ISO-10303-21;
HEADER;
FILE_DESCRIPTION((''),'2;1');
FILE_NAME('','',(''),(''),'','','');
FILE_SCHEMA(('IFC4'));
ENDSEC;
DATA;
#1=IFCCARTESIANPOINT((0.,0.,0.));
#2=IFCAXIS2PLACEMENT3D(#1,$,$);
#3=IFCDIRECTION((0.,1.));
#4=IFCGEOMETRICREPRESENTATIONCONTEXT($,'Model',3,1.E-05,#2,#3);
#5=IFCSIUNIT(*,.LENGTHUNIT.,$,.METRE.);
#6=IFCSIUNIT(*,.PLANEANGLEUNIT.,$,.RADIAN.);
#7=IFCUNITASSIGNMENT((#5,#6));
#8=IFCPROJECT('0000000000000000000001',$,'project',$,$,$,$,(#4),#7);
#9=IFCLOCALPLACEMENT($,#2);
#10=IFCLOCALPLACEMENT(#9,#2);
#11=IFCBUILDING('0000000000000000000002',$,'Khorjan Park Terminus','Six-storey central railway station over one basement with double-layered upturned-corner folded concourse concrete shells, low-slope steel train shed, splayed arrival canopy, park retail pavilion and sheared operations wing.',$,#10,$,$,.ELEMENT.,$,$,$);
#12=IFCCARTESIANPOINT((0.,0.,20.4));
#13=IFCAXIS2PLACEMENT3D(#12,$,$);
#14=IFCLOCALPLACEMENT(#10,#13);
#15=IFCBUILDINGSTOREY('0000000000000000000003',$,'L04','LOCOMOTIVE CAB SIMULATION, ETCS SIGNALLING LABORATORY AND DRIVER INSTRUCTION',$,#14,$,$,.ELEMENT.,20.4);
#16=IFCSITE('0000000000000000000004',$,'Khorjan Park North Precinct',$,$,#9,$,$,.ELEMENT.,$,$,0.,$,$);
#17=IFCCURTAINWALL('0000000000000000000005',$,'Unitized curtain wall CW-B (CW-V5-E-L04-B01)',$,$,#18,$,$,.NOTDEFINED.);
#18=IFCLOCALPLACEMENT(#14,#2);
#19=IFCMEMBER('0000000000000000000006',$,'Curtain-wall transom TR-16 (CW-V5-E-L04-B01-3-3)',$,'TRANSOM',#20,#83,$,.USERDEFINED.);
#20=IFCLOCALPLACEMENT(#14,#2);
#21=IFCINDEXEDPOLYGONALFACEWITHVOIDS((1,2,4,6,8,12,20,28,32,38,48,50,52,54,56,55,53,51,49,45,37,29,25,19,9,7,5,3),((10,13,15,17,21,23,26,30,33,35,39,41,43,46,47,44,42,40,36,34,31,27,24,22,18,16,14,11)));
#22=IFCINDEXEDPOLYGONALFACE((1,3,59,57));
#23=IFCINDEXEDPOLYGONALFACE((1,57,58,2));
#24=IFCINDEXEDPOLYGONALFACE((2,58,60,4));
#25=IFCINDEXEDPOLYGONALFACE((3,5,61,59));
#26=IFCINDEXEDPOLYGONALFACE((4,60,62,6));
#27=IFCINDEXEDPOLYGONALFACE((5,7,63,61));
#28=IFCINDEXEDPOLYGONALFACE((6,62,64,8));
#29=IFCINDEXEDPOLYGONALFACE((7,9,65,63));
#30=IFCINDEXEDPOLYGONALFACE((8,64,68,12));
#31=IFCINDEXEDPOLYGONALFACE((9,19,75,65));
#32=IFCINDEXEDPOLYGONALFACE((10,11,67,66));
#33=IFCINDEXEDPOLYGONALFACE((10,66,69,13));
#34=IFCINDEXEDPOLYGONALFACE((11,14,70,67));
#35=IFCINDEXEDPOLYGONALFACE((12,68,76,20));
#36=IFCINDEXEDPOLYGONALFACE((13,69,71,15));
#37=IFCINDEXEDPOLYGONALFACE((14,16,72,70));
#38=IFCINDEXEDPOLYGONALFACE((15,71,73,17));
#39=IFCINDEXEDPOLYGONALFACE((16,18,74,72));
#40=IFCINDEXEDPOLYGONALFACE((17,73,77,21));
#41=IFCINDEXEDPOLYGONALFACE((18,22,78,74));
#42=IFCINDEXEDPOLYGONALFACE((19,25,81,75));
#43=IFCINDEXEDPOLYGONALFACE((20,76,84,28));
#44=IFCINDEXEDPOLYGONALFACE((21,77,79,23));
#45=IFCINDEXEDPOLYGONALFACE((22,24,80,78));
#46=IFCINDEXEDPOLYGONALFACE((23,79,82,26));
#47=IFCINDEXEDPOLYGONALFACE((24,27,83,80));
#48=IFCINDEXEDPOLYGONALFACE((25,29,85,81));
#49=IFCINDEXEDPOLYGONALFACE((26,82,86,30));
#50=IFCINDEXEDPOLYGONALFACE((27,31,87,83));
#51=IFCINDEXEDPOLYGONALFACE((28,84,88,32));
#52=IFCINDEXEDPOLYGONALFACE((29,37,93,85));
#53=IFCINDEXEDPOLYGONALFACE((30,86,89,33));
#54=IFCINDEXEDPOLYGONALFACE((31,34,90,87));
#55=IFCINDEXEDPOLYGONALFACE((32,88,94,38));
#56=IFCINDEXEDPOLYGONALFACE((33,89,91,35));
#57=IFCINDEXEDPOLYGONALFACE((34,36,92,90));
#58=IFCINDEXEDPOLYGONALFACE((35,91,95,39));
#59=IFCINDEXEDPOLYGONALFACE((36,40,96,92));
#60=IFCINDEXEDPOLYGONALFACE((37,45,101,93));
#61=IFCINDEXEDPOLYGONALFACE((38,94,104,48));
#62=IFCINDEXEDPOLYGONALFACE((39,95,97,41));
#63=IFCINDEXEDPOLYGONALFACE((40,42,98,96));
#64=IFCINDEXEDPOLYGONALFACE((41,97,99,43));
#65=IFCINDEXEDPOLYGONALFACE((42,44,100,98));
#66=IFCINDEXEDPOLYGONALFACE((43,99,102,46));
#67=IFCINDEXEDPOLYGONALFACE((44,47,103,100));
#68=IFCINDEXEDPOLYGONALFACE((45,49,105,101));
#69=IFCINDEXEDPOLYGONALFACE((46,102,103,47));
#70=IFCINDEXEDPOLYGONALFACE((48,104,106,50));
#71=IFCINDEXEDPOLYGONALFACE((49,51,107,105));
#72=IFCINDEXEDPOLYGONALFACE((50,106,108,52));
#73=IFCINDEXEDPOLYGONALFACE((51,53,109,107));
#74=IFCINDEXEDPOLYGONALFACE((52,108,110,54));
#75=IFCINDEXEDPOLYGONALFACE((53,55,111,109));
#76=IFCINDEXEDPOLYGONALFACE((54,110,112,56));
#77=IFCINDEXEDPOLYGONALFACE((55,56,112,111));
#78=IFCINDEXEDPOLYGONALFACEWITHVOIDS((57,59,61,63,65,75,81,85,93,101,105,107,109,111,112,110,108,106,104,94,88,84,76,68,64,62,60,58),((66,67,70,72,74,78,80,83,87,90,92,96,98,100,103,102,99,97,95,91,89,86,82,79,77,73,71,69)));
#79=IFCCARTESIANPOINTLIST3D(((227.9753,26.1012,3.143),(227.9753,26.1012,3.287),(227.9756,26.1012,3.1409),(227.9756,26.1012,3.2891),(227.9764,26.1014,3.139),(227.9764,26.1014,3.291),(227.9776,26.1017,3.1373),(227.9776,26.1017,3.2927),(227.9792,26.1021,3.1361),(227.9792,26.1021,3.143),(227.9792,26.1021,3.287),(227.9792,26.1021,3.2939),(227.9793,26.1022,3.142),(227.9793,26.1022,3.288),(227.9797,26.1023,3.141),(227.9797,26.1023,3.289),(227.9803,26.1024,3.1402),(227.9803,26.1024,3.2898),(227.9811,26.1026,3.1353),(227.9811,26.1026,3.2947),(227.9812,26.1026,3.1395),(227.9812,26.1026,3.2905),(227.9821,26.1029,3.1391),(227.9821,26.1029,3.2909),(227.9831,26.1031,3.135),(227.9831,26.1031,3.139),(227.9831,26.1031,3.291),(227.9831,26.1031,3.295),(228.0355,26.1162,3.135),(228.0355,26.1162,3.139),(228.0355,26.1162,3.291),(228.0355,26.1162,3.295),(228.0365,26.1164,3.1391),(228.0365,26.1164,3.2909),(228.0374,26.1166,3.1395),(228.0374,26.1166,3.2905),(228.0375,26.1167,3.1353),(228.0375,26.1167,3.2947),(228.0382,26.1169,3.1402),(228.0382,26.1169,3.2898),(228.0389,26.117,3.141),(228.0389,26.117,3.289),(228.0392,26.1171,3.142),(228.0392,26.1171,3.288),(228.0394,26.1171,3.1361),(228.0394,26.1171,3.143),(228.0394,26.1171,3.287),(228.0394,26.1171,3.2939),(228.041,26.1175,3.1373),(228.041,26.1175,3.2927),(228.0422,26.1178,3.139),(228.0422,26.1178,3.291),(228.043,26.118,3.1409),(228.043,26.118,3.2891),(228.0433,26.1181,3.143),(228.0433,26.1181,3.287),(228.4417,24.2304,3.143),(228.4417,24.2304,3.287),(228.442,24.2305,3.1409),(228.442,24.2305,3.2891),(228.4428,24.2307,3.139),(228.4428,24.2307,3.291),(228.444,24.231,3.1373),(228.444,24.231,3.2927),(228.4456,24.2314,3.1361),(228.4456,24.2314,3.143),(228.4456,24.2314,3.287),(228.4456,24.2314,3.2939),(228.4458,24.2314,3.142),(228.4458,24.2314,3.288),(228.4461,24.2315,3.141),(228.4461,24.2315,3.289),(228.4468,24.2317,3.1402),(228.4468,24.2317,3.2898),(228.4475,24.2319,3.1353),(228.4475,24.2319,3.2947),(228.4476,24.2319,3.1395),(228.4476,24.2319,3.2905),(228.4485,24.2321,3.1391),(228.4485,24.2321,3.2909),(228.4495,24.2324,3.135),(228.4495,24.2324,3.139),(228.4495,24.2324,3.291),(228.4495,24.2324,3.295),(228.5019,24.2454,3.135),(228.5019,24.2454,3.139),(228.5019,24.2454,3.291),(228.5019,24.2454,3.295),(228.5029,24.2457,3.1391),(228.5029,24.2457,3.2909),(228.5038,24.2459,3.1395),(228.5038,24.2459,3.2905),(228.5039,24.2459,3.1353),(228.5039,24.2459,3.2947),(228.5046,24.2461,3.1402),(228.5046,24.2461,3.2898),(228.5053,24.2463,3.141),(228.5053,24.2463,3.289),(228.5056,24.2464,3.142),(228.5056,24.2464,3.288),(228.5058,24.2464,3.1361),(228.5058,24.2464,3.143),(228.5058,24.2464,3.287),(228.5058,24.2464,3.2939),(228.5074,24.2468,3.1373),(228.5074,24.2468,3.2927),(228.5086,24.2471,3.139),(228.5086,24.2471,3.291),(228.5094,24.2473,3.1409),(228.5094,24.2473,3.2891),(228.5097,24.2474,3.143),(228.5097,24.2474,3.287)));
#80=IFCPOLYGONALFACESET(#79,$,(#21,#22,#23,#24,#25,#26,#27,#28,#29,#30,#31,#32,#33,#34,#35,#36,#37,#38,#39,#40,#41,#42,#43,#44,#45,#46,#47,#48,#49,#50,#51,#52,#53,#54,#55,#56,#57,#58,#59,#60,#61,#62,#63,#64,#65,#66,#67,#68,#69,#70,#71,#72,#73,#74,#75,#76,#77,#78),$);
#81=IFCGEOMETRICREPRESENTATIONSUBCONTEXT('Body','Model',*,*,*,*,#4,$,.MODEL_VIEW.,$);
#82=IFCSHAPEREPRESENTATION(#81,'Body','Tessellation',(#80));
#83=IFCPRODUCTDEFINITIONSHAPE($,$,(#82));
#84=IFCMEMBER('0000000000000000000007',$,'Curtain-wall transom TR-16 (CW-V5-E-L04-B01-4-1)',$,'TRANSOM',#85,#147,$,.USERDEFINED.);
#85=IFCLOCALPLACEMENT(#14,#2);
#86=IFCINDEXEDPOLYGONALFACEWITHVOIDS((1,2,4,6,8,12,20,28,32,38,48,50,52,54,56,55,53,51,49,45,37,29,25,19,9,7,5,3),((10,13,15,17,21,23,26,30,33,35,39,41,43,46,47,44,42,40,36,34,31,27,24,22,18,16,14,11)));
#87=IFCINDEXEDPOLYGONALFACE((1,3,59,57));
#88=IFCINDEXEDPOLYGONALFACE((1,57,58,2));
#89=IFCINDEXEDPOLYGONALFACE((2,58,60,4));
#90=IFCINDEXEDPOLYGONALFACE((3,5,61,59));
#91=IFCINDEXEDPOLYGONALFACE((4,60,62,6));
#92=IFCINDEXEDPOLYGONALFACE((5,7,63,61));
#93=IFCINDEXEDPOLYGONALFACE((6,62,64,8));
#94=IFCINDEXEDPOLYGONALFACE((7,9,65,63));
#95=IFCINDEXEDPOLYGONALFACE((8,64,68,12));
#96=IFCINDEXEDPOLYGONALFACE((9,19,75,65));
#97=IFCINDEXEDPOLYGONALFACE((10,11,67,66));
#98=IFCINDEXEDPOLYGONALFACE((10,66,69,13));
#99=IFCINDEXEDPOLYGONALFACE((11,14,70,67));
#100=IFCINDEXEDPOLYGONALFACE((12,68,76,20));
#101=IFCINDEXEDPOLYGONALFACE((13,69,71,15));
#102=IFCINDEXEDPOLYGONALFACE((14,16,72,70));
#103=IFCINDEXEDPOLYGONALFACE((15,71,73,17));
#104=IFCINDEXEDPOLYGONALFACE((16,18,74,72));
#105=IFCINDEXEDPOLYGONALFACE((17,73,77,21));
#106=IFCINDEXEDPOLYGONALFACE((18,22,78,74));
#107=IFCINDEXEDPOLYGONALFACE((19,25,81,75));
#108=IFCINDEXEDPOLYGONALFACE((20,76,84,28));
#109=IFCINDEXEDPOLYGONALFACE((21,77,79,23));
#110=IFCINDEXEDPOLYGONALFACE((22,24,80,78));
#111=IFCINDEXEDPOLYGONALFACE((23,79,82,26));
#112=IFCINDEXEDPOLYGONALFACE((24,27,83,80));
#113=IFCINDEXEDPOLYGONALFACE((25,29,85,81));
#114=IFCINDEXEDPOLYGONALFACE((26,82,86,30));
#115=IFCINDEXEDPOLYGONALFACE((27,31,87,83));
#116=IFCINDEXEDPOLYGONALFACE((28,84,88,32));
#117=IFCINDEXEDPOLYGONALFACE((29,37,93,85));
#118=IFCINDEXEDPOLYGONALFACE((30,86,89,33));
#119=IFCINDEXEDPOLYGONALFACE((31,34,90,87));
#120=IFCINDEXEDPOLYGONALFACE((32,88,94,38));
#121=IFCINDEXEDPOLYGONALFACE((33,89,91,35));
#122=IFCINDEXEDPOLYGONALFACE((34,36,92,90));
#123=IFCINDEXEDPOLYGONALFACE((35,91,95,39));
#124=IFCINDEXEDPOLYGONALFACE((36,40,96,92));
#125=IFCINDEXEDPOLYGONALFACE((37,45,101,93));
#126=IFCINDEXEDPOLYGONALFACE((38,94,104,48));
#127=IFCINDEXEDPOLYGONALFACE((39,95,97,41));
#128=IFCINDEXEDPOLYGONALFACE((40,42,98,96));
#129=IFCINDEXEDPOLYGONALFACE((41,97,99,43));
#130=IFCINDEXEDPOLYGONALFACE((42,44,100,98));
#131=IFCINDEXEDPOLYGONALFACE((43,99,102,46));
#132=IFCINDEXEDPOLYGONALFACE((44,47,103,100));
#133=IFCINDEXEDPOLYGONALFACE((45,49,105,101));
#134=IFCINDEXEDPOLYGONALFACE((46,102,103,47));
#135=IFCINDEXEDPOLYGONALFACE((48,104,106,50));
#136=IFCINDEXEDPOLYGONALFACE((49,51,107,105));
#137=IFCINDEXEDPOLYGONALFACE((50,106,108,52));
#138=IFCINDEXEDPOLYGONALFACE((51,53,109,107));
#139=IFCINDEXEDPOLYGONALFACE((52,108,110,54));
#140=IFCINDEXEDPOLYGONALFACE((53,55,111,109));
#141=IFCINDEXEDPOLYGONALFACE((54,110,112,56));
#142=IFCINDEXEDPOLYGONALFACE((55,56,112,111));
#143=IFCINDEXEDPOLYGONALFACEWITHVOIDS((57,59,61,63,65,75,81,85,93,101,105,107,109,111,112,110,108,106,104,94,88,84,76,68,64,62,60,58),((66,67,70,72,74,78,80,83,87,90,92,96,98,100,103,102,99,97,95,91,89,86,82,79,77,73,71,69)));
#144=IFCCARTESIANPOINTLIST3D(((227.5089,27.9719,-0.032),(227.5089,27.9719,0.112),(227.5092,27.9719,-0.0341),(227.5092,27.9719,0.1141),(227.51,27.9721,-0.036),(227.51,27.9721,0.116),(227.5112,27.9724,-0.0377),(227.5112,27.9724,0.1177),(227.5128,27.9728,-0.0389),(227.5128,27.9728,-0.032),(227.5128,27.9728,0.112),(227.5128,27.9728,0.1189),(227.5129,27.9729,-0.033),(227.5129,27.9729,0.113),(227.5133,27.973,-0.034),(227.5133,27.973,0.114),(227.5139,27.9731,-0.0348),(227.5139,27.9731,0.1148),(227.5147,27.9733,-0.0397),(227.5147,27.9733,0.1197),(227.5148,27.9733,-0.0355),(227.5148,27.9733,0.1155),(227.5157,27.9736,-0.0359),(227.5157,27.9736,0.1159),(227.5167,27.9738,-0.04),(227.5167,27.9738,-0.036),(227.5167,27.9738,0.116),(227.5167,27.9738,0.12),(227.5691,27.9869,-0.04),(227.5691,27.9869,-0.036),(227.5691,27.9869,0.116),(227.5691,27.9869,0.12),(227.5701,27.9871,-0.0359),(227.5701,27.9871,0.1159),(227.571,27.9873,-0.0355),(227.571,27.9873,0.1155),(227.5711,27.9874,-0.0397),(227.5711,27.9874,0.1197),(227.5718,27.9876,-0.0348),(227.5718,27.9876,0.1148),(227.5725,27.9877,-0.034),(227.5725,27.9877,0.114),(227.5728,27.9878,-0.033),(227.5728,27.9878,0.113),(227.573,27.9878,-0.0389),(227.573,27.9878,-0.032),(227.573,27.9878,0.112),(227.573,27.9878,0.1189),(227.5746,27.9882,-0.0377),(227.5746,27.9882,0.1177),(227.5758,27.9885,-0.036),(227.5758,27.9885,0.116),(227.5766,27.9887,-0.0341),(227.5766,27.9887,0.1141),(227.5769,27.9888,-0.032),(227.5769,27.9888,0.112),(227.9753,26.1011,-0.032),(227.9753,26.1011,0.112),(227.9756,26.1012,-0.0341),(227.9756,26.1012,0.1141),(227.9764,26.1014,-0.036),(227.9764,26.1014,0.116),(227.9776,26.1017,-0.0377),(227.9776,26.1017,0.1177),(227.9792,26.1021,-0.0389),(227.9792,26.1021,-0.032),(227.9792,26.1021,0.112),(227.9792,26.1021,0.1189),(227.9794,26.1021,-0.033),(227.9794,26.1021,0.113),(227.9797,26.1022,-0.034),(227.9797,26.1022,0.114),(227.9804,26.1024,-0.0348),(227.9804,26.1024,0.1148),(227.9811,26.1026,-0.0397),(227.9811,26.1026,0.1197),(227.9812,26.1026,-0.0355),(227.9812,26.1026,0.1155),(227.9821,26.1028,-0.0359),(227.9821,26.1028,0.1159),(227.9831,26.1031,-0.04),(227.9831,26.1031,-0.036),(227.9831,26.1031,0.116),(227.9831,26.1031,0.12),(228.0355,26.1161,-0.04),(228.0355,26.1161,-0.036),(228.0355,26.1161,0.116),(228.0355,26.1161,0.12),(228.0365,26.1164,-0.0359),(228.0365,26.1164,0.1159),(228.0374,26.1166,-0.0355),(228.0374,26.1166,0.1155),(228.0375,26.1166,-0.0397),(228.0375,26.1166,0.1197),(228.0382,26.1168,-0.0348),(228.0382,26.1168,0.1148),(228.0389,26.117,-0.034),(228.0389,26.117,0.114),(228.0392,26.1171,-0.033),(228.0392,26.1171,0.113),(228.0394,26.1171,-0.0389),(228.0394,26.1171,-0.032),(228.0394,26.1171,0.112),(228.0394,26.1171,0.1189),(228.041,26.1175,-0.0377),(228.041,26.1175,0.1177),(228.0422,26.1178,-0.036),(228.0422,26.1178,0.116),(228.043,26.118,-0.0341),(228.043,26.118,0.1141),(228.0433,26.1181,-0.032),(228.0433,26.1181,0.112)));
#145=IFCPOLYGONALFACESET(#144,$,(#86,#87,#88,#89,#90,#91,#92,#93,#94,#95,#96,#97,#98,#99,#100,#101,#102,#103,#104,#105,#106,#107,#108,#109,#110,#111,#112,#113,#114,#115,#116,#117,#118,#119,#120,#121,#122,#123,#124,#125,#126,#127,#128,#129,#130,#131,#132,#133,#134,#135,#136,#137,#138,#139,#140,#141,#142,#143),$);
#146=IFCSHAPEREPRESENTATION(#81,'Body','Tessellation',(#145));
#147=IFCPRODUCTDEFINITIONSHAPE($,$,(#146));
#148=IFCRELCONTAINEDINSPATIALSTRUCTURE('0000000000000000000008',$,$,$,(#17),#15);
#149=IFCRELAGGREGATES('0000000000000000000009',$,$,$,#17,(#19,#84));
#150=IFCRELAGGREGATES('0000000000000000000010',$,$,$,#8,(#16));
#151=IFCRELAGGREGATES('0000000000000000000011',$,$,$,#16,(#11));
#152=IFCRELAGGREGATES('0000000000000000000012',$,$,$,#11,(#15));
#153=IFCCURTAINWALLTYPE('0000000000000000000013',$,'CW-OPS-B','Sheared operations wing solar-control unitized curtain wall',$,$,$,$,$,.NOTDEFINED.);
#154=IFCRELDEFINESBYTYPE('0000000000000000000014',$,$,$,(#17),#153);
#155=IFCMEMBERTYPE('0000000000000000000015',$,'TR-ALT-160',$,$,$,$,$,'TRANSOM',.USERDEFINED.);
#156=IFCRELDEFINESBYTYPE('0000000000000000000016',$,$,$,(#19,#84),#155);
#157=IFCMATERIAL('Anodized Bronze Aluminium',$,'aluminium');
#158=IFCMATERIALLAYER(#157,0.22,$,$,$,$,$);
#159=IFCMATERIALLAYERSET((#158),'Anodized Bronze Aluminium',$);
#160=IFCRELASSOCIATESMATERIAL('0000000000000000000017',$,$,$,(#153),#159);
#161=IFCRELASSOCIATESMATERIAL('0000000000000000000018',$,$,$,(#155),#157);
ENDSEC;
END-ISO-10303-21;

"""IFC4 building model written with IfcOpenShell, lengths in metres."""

from ifc_helpers import new_model, si_unit, direction, frame, origin, origin_2d, place, context, subcontext, project, spatial, hollow_rectangle, extrude, material, layer, layer_set, material_profile, profile_set, type_object, element, aggregate, save


model = new_model("IFC4")

# Units and contexts
model_context = context("Model", 3, precision=1e-05, world=origin(), true_north=direction((0.0, 1.0)))
body_context = subcontext(model_context, "Body", "Model", "MODEL_VIEW")
ifc_project = project(units=[si_unit("LENGTHUNIT", "METRE"), si_unit("PLANEANGLEUNIT", "RADIAN")], contexts=[model_context])

# Site, building, storey
site_placement = place(None, origin())
site = spatial("IfcSite", under=ifc_project, at=site_placement, Name="Khorjan Park North Precinct", CompositionType="ELEMENT", RefElevation=0.0)
building_placement = place(site_placement, origin())
building = spatial("IfcBuilding", under=site, at=building_placement, Name="Khorjan Park Terminus", Description="Six-storey central railway station over one basement with double-layered upturned-corner folded concourse concrete shells, low-slope steel train shed, splayed arrival canopy, park retail pavilion and sheared operations wing.", CompositionType="ELEMENT")
storey_placement = place(building_placement, frame((0.0, 0.0, 20.4)))
storey = spatial("IfcBuildingStorey", under=building, at=storey_placement, Name="L04", Description="LOCOMOTIVE CAB SIMULATION, ETCS SIGNALLING LABORATORY AND DRIVER INSTRUCTION", CompositionType="ELEMENT", Elevation=20.4)

# Curtain wall, members
ifc_material_1 = material(Name="Anodized Bronze Aluminium", Category="aluminium")
ifc_layer_1 = layer(ifc_material_1, 0.22)
ifc_layer_set_1 = layer_set([ifc_layer_1], Name="Anodized Bronze Aluminium")
curtain_wall_type = type_object("IfcCurtainWallType", Name="CW-OPS-B", Description="Sheared operations wing solar-control unitized curtain wall", PredefinedType="NOTDEFINED", material=ifc_layer_set_1)
curtain_wall_placement = place(storey_placement, origin())
curtain_wall = element("IfcCurtainWall", 1, at=curtain_wall_placement, inside=storey, type_object=curtain_wall_type, Name="Unitized curtain wall CW-B (CW-V5-E-L04-B01)", PredefinedType="NOTDEFINED")
ifc_material_profile_1 = material_profile(ifc_material_1, hollow_rectangle(XDim=0.07, YDim=0.16, WallThickness=0.004, InnerFilletRadius=0.004, OuterFilletRadius=0.008, at=origin_2d()), Name="ALT 70x160x4")
ifc_profile_set_1 = profile_set([ifc_material_profile_1], Name="Anodized Bronze Aluminium")
member_type_1 = type_object("IfcMemberType", Name="TR-ALT-160", ElementType="TRANSOM", PredefinedType="USERDEFINED", material=ifc_profile_set_1)
member_1_placement = place(storey_placement, frame((228.4757, 24.2389, 3.215), z_axis=(-0.241913, 0.970298, 0.0), x_axis=(-0.970298, -0.241913, 0.0)))
member_1 = element("IfcMember", 2, at=member_1_placement, type_object=member_type_1, Name="Curtain-wall transom TR-16 (CW-V5-E-L04-B01-3-3)", ObjectType="TRANSOM", PredefinedType="USERDEFINED", context=body_context, shape_type="SweptSolid", body=[
    extrude(hollow_rectangle(XDim=0.07, YDim=0.16, WallThickness=0.004, InnerFilletRadius=0.004, OuterFilletRadius=0.008, at=origin_2d()), origin(), (0.0, 0.0, 1.0), 1.928),
])
member_2_placement = place(storey_placement, frame((228.0093, 26.1096, 0.04), z_axis=(-0.241913, 0.970298, 0.0), x_axis=(-0.970298, -0.241913, 0.0)))
member_2 = element("IfcMember", 3, at=member_2_placement, type_object=member_type_1, Name="Curtain-wall transom TR-16 (CW-V5-E-L04-B01-4-1)", ObjectType="TRANSOM", PredefinedType="USERDEFINED", context=body_context, shape_type="SweptSolid", body=[
    extrude(hollow_rectangle(XDim=0.07, YDim=0.16, WallThickness=0.004, InnerFilletRadius=0.004, OuterFilletRadius=0.008, at=origin_2d()), origin(), (0.0, 0.0, 1.0), 1.928),
])
aggregate(curtain_wall, [member_1, member_2])

save(model, "model.ifc")
